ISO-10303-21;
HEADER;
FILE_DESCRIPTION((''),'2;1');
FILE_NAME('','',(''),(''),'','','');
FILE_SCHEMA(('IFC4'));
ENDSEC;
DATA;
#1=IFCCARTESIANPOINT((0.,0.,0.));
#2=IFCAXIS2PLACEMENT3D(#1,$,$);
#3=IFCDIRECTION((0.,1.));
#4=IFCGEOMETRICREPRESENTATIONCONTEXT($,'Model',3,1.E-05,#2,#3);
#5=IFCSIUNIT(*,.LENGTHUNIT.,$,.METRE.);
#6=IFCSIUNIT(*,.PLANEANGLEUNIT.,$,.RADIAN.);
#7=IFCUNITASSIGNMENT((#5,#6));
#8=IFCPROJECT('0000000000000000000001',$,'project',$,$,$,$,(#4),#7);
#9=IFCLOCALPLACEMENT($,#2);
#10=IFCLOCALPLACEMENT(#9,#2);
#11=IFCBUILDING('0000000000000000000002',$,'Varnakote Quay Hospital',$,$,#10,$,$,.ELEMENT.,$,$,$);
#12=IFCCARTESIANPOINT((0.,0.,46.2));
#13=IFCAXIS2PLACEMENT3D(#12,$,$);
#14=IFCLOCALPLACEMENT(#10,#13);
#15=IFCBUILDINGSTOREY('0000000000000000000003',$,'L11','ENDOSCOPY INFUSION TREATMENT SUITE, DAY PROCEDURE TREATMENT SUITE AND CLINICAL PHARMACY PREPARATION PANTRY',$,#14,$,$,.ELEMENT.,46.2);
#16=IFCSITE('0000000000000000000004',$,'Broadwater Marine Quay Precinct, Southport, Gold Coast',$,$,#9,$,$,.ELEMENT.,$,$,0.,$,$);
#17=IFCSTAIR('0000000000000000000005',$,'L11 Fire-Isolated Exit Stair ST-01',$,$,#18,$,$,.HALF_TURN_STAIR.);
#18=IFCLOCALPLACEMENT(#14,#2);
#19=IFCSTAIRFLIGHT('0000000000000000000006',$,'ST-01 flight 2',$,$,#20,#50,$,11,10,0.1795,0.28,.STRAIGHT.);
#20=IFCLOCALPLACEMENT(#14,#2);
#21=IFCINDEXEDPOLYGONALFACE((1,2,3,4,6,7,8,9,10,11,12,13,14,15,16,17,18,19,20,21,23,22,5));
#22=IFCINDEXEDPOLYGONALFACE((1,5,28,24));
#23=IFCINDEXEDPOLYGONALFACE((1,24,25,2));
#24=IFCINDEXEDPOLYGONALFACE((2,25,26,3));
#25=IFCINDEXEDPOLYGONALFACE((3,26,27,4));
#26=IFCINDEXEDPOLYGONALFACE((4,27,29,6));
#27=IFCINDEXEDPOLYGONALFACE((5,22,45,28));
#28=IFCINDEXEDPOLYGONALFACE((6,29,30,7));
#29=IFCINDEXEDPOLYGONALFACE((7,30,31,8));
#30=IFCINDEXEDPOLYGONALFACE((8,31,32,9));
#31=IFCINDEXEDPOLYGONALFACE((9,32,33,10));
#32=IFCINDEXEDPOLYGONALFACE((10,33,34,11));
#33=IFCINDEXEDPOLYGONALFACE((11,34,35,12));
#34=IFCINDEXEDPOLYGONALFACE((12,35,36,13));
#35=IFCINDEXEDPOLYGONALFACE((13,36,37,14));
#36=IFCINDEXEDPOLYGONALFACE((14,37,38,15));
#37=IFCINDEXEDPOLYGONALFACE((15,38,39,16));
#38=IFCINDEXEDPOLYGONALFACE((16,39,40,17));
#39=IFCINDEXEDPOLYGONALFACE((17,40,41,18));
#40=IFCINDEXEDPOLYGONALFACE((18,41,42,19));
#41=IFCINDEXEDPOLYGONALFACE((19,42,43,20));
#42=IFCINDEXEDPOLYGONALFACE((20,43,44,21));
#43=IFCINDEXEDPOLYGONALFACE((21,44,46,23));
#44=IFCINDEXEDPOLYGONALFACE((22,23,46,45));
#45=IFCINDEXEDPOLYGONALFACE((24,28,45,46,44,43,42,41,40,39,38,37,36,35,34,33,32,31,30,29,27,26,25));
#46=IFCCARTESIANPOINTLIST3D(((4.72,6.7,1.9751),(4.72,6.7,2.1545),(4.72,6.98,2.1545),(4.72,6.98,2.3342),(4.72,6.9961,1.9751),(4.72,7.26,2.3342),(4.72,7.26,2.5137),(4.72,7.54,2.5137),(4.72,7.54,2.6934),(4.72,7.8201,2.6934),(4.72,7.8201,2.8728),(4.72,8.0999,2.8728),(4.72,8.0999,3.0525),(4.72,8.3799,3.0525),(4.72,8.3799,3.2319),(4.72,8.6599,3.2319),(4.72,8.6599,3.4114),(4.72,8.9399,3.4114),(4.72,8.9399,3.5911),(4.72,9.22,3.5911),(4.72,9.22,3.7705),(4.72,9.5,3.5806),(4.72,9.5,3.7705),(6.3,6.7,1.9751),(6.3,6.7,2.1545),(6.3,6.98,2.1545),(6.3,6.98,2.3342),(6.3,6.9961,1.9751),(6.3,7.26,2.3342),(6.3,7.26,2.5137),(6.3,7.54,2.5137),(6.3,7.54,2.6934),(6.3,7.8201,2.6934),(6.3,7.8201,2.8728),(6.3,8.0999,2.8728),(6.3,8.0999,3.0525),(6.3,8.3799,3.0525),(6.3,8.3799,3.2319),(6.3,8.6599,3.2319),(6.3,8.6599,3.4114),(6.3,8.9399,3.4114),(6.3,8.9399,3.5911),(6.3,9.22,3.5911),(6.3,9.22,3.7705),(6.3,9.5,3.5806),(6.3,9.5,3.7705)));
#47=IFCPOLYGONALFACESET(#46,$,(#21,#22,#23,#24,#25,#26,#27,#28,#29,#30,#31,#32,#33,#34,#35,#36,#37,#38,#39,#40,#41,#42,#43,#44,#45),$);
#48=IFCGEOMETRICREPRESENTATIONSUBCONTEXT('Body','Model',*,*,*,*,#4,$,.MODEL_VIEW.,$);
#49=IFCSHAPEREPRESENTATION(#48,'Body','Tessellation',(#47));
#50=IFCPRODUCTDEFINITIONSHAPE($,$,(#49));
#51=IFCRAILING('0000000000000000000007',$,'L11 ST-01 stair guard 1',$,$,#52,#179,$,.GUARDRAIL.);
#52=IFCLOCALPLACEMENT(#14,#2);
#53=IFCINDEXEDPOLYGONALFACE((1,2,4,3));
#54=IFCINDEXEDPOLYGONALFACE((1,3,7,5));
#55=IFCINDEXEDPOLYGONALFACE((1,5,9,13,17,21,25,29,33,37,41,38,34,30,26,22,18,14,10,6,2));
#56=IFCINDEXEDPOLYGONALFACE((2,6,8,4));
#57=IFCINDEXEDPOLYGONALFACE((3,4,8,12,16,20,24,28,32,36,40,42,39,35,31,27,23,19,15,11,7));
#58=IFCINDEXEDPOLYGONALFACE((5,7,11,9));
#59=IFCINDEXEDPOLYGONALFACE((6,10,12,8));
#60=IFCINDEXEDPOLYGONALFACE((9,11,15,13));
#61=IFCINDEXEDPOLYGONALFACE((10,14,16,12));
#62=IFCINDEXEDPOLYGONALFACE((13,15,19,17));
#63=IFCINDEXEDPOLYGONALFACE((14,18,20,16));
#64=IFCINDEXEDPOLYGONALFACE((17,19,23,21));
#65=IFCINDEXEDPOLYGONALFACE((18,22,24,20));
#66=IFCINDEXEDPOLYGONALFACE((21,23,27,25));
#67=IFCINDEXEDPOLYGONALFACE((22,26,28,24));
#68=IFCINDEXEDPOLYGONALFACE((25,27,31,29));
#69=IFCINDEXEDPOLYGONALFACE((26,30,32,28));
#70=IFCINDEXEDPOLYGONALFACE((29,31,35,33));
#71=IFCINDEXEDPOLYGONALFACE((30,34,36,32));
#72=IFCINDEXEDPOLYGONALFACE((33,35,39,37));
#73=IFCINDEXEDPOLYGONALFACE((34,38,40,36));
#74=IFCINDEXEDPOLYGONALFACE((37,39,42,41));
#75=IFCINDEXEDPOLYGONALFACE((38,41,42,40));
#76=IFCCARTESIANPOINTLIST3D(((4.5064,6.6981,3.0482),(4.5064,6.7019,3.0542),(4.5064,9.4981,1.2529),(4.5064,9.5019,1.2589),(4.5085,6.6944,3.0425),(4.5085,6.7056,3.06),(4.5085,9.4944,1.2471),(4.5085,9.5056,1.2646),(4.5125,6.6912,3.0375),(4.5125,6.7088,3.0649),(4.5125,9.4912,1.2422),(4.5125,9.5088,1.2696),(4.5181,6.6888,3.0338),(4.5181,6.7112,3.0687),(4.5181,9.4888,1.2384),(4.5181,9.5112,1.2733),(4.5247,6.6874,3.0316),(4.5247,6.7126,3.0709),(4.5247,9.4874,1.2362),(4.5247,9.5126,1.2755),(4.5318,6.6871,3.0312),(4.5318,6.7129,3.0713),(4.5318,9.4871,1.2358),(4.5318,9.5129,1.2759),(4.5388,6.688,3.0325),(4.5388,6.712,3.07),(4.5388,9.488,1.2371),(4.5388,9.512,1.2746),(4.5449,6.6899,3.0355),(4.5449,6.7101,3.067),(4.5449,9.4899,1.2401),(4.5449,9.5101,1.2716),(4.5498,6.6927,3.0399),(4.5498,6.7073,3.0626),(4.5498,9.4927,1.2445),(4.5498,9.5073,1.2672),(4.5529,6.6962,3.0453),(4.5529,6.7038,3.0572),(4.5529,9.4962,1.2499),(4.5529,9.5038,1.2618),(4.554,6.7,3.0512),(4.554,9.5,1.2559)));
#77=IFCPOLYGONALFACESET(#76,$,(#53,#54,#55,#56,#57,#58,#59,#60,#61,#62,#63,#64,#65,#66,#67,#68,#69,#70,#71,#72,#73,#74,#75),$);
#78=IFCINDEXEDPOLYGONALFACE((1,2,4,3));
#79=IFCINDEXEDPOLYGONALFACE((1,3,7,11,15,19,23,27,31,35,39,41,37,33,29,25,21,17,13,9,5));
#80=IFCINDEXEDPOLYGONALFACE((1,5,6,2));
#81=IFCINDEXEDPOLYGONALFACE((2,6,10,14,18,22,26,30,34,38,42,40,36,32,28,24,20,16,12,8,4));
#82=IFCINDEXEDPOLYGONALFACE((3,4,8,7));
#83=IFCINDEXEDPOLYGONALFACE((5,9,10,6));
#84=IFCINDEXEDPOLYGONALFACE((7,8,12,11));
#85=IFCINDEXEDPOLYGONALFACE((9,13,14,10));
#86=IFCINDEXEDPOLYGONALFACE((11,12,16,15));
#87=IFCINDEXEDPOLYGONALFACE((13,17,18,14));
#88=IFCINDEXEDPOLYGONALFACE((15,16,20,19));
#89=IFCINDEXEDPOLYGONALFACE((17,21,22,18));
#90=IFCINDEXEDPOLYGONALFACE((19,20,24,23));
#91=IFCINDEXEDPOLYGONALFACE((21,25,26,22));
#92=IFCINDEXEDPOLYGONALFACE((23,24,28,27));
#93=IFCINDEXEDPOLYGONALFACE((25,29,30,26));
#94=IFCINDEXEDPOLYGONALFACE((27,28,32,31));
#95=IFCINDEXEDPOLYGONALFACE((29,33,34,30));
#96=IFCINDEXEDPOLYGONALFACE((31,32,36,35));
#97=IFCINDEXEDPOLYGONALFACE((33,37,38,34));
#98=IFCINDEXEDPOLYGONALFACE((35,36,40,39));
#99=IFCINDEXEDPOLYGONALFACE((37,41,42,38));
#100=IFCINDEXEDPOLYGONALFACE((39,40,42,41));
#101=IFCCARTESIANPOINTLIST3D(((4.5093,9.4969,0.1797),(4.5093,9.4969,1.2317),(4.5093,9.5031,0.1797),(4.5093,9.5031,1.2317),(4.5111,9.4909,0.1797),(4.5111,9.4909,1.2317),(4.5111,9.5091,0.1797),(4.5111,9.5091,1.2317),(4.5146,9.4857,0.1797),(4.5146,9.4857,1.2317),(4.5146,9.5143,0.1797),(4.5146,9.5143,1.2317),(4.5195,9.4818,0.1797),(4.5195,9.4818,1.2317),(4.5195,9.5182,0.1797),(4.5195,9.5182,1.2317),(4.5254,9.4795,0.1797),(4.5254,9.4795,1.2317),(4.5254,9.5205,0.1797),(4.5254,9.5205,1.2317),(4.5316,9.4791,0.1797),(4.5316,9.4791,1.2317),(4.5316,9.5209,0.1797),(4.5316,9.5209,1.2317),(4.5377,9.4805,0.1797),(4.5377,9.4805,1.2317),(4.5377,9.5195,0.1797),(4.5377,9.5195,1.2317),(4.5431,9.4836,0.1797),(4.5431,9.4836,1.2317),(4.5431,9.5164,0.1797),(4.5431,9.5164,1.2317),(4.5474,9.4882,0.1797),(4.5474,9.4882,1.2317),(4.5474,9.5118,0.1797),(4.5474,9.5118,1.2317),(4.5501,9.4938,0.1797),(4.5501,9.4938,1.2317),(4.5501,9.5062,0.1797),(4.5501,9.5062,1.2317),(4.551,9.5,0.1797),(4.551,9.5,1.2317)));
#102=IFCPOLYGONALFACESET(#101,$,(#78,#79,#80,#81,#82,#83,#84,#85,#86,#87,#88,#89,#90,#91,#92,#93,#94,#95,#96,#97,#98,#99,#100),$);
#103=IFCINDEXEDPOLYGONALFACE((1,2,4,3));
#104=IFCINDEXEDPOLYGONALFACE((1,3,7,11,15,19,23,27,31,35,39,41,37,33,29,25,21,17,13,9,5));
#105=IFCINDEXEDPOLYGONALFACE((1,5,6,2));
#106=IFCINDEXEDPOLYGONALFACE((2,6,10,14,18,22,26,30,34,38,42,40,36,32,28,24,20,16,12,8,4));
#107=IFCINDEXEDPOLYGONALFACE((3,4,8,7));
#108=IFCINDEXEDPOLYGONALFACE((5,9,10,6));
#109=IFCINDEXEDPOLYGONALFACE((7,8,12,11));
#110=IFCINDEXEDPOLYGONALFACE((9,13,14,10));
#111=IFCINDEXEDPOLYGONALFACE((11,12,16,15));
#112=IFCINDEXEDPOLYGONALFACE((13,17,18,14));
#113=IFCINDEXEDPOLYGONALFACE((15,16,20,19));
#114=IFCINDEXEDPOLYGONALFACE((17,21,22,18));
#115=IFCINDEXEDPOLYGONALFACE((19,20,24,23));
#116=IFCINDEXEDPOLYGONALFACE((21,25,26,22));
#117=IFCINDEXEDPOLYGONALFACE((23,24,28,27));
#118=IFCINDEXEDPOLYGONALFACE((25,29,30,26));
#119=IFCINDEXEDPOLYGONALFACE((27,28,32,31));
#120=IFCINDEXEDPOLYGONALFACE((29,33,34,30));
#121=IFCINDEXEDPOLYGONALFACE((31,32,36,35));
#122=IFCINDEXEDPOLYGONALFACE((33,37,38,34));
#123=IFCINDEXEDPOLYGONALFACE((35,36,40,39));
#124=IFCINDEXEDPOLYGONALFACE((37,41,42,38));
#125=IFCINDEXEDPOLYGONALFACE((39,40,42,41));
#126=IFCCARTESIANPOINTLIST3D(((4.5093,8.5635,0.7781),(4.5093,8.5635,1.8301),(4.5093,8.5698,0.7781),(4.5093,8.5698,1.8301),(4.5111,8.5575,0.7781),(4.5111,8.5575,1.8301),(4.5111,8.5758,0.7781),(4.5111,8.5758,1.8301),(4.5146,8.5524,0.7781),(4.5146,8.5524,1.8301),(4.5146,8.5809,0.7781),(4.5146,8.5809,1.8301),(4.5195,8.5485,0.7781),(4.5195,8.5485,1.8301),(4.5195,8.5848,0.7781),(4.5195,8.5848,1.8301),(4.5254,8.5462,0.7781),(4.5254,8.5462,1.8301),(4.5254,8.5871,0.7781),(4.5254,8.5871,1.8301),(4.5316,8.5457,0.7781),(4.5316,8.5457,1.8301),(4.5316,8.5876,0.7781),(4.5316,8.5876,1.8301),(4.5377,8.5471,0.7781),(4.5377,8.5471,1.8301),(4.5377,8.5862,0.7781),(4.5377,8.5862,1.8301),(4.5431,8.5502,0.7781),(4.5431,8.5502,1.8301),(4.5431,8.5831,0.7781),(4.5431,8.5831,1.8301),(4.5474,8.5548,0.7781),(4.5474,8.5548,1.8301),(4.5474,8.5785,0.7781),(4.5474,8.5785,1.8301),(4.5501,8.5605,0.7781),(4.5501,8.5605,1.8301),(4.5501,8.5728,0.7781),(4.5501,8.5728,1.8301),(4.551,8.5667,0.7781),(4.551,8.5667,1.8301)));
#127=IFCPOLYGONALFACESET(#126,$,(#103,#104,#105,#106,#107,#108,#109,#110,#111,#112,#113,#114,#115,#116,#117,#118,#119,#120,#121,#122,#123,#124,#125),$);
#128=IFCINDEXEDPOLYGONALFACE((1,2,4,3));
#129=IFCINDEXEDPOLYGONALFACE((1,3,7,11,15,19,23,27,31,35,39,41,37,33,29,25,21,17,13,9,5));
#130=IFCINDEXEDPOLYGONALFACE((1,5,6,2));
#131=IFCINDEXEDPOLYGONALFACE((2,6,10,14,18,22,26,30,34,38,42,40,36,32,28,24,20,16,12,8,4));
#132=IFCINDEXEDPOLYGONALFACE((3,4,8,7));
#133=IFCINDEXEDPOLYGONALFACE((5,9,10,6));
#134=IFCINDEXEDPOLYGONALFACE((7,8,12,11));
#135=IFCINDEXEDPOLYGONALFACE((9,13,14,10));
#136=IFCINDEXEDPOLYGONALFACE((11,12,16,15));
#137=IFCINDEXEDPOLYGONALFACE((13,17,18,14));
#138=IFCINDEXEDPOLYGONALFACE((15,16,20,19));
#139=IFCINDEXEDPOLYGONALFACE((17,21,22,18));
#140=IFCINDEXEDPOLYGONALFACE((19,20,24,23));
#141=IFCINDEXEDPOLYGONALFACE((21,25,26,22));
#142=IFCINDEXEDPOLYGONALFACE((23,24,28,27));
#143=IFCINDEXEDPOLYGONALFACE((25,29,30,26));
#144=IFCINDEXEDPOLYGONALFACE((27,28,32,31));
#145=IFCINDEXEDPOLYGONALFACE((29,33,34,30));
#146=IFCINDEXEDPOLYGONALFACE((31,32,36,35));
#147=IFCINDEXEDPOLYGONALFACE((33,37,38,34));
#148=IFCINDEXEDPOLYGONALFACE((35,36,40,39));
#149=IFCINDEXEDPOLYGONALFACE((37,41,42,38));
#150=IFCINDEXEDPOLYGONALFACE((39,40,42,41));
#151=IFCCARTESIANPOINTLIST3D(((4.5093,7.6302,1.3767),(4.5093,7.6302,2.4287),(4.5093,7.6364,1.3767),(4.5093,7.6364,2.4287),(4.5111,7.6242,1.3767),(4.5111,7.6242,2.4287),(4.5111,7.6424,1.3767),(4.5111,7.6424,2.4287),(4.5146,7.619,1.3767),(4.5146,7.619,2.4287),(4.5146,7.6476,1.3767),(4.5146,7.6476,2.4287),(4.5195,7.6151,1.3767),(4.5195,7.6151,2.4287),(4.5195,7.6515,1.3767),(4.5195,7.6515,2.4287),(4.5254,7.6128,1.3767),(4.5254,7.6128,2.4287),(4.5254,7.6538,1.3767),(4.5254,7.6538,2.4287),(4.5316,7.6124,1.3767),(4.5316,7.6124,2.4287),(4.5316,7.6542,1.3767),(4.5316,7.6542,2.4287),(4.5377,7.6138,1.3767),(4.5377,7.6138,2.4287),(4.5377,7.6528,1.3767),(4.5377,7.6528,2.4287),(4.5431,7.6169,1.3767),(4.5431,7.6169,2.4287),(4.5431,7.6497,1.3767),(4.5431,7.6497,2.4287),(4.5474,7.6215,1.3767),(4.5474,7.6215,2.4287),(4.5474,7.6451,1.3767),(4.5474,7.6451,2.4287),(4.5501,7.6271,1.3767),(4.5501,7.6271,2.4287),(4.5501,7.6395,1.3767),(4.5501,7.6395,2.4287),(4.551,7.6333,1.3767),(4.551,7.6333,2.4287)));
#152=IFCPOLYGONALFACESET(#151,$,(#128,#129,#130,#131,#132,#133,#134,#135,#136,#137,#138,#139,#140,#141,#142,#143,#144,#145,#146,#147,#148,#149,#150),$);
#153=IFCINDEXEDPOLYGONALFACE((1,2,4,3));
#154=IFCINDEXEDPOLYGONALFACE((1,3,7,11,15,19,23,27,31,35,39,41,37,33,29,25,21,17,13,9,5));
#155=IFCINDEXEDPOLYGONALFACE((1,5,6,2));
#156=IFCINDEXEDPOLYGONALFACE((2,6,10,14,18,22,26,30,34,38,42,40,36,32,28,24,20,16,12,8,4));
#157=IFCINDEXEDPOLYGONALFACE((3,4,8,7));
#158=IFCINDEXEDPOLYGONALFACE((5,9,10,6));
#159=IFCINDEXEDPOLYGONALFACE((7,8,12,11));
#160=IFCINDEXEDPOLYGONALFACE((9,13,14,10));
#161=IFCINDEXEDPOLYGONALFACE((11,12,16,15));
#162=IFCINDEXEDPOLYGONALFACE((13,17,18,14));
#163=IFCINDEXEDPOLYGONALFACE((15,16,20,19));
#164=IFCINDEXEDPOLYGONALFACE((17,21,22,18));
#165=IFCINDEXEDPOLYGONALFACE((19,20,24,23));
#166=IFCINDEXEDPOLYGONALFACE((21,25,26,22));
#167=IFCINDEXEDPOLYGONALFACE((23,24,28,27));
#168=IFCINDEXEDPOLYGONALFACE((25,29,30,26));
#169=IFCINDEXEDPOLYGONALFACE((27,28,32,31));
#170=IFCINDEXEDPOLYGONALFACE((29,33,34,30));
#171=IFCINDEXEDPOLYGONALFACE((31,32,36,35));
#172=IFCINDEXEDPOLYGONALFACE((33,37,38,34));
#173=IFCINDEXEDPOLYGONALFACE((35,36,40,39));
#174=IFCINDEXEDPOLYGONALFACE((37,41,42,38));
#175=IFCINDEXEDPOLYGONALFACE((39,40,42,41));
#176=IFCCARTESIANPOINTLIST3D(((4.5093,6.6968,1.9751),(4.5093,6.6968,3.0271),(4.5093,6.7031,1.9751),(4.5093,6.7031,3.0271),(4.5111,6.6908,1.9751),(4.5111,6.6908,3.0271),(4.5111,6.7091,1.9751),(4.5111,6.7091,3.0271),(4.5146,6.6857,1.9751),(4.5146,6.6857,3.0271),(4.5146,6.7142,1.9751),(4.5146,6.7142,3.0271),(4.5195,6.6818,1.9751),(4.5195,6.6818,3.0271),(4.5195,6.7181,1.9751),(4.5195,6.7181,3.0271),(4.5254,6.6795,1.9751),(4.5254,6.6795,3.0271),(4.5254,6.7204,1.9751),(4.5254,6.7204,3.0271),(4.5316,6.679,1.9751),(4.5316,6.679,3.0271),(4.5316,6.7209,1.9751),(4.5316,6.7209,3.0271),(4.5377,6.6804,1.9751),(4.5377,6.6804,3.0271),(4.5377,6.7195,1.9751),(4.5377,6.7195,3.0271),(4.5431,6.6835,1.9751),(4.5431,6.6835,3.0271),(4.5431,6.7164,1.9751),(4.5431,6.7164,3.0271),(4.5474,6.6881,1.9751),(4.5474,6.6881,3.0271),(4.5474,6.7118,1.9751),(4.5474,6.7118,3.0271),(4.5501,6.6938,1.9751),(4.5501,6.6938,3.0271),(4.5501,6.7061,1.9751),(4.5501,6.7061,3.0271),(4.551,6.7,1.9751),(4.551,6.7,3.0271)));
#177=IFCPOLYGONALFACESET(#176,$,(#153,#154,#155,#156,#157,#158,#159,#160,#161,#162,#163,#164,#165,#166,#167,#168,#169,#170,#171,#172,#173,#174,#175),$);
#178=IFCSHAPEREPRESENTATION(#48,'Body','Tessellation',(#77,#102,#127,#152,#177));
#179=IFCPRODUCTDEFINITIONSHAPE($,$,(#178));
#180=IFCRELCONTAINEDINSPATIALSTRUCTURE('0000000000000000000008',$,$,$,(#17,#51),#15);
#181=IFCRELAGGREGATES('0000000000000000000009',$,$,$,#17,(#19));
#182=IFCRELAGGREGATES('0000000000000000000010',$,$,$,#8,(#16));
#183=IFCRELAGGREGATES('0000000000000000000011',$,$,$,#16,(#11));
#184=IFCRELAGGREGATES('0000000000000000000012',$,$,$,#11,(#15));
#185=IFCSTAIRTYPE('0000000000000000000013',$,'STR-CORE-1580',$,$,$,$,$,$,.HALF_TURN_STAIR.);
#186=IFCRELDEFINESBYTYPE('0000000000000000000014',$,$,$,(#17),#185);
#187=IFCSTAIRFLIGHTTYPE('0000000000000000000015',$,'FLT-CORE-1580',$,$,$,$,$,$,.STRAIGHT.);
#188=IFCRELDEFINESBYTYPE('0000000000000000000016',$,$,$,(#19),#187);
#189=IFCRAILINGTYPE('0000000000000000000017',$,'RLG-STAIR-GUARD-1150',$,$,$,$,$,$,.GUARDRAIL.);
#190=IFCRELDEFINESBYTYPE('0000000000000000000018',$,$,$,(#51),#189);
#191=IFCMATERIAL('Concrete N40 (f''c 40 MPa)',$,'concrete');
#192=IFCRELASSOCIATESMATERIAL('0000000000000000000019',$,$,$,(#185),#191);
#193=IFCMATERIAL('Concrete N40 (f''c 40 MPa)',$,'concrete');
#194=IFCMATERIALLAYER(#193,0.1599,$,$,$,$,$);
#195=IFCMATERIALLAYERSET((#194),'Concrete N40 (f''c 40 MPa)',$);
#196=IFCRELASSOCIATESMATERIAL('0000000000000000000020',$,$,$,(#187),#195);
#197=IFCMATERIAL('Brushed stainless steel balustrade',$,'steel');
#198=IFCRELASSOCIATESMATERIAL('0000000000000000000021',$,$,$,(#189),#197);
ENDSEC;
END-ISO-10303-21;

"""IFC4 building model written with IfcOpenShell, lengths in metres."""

from ifc_helpers import new_model, si_unit, direction, frame, origin, origin_2d, place, context, subcontext, project, spatial, polyline, circle, outline, extrude, material, layer, layer_set, type_object, element, aggregate, save


model = new_model("IFC4")

# Units and contexts
model_context = context("Model", 3, precision=1e-05, world=origin(), true_north=direction((0.0, 1.0)))
body_context = subcontext(model_context, "Body", "Model", "MODEL_VIEW")
ifc_project = project(units=[si_unit("LENGTHUNIT", "METRE"), si_unit("PLANEANGLEUNIT", "RADIAN")], contexts=[model_context])

# Site, building, storey
site_placement = place(None, origin())
site = spatial("IfcSite", under=ifc_project, at=site_placement, Name="Broadwater Marine Quay Precinct, Southport, Gold Coast", CompositionType="ELEMENT", RefElevation=0.0)
building_placement = place(site_placement, origin())
building = spatial("IfcBuilding", under=site, at=building_placement, Name="Varnakote Quay Hospital", CompositionType="ELEMENT")
storey_placement = place(building_placement, frame((0.0, 0.0, 46.2)))
storey = spatial("IfcBuildingStorey", under=building, at=storey_placement, Name="L11", Description="ENDOSCOPY INFUSION TREATMENT SUITE, DAY PROCEDURE TREATMENT SUITE AND CLINICAL PHARMACY PREPARATION PANTRY", CompositionType="ELEMENT", Elevation=46.2)

# Stair, stair flight
ifc_material_1 = material(Name="Concrete N40 (f'c 40 MPa)", Category="concrete")
stair_type = type_object("IfcStairType", Name="STR-CORE-1580", PredefinedType="HALF_TURN_STAIR", material=ifc_material_1)
stair_placement = place(storey_placement, origin())
stair = element("IfcStair", 1, at=stair_placement, inside=storey, type_object=stair_type, Name="L11 Fire-Isolated Exit Stair ST-01", PredefinedType="HALF_TURN_STAIR")
ifc_material_2 = material(Name="Concrete N40 (f'c 40 MPa)", Category="concrete")
ifc_layer_1 = layer(ifc_material_2, 0.1599)
ifc_layer_set_1 = layer_set([ifc_layer_1], Name="Concrete N40 (f'c 40 MPa)")
stair_flight_type = type_object("IfcStairFlightType", Name="FLT-CORE-1580", PredefinedType="STRAIGHT", material=ifc_layer_set_1)
stair_flight_1_placement = place(storey_placement, frame((5.51, 6.7, 1.9751), z_axis=(0.0, 0.0, 1.0), x_axis=(0.0, 1.0, 0.0)))
stair_flight_1 = element("IfcStairFlight", 2, at=stair_flight_1_placement, type_object=stair_flight_type, Name="ST-01 flight 2", NumberOfRisers=11, NumberOfTreads=10, PredefinedType="STRAIGHT", RiserHeight=0.1795, TreadLength=0.28, context=body_context, shape_type="SweptSolid", body=[
    extrude(outline(polyline([(0.0, 0.0), (0.0, 0.1794), (0.28, 0.1794), (0.28, 0.3591), (0.5601, 0.3591), (0.5601, 0.5386), (0.8401, 0.5386), (0.8401, 0.7183), (1.1201, 0.7183), (1.1201, 0.8977), (1.3999, 0.8977), (1.3999, 1.0774), (1.6799, 1.0774), (1.6799, 1.2568), (1.96, 1.2568), (1.96, 1.4363), (2.24, 1.4363), (2.24, 1.616), (2.52, 1.616), (2.52, 1.7954), (2.8, 1.7954), (2.8, 1.9751), (2.8, 1.6055), (0.2961, 0.0), (0.0, 0.0)])), frame((0.0, 0.79, 0.0), z_axis=(0.0, -1.0, 0.0), x_axis=(1.0, 0.0, 0.0)), (0.0, 0.0, 1.0), 1.5801),
])
aggregate(stair, [stair_flight_1])

# Railing
ifc_material_3 = material(Name="Brushed stainless steel balustrade", Category="steel")
railing_type_1 = type_object("IfcRailingType", Name="RLG-STAIR-GUARD-1150", PredefinedType="GUARDRAIL", material=ifc_material_3)
railing_1_placement = place(storey_placement, frame((4.53, 9.5, 0.1797)))
element("IfcRailing", 3, at=railing_1_placement, inside=storey, type_object=railing_type_1, Name="L11 ST-01 stair guard 1", PredefinedType="GUARDRAIL", context=body_context, shape_type="SweptSolid", body=[
    extrude(circle(Radius=0.0239, at=origin_2d()), frame((0.0, 0.0, 1.0762), z_axis=(0.0, -0.84181, 0.539774), x_axis=(1.0, 0.0, 0.0)), (0.0, 0.0, 1.0), 3.3262),
    extrude(circle(Radius=0.021, at=origin_2d()), origin(), (0.0, 0.0, 1.0), 1.052),
    extrude(circle(Radius=0.021, at=origin_2d()), frame((0.0, -0.9333, 0.5984)), (0.0, 0.0, 1.0), 1.052),
    extrude(circle(Radius=0.021, at=origin_2d()), frame((0.0, -1.8667, 1.197)), (0.0, 0.0, 1.0), 1.052),
    extrude(circle(Radius=0.021, at=origin_2d()), frame((0.0, -2.8, 1.7954)), (0.0, 0.0, 1.0), 1.052),
])

save(model, "model.ifc")
